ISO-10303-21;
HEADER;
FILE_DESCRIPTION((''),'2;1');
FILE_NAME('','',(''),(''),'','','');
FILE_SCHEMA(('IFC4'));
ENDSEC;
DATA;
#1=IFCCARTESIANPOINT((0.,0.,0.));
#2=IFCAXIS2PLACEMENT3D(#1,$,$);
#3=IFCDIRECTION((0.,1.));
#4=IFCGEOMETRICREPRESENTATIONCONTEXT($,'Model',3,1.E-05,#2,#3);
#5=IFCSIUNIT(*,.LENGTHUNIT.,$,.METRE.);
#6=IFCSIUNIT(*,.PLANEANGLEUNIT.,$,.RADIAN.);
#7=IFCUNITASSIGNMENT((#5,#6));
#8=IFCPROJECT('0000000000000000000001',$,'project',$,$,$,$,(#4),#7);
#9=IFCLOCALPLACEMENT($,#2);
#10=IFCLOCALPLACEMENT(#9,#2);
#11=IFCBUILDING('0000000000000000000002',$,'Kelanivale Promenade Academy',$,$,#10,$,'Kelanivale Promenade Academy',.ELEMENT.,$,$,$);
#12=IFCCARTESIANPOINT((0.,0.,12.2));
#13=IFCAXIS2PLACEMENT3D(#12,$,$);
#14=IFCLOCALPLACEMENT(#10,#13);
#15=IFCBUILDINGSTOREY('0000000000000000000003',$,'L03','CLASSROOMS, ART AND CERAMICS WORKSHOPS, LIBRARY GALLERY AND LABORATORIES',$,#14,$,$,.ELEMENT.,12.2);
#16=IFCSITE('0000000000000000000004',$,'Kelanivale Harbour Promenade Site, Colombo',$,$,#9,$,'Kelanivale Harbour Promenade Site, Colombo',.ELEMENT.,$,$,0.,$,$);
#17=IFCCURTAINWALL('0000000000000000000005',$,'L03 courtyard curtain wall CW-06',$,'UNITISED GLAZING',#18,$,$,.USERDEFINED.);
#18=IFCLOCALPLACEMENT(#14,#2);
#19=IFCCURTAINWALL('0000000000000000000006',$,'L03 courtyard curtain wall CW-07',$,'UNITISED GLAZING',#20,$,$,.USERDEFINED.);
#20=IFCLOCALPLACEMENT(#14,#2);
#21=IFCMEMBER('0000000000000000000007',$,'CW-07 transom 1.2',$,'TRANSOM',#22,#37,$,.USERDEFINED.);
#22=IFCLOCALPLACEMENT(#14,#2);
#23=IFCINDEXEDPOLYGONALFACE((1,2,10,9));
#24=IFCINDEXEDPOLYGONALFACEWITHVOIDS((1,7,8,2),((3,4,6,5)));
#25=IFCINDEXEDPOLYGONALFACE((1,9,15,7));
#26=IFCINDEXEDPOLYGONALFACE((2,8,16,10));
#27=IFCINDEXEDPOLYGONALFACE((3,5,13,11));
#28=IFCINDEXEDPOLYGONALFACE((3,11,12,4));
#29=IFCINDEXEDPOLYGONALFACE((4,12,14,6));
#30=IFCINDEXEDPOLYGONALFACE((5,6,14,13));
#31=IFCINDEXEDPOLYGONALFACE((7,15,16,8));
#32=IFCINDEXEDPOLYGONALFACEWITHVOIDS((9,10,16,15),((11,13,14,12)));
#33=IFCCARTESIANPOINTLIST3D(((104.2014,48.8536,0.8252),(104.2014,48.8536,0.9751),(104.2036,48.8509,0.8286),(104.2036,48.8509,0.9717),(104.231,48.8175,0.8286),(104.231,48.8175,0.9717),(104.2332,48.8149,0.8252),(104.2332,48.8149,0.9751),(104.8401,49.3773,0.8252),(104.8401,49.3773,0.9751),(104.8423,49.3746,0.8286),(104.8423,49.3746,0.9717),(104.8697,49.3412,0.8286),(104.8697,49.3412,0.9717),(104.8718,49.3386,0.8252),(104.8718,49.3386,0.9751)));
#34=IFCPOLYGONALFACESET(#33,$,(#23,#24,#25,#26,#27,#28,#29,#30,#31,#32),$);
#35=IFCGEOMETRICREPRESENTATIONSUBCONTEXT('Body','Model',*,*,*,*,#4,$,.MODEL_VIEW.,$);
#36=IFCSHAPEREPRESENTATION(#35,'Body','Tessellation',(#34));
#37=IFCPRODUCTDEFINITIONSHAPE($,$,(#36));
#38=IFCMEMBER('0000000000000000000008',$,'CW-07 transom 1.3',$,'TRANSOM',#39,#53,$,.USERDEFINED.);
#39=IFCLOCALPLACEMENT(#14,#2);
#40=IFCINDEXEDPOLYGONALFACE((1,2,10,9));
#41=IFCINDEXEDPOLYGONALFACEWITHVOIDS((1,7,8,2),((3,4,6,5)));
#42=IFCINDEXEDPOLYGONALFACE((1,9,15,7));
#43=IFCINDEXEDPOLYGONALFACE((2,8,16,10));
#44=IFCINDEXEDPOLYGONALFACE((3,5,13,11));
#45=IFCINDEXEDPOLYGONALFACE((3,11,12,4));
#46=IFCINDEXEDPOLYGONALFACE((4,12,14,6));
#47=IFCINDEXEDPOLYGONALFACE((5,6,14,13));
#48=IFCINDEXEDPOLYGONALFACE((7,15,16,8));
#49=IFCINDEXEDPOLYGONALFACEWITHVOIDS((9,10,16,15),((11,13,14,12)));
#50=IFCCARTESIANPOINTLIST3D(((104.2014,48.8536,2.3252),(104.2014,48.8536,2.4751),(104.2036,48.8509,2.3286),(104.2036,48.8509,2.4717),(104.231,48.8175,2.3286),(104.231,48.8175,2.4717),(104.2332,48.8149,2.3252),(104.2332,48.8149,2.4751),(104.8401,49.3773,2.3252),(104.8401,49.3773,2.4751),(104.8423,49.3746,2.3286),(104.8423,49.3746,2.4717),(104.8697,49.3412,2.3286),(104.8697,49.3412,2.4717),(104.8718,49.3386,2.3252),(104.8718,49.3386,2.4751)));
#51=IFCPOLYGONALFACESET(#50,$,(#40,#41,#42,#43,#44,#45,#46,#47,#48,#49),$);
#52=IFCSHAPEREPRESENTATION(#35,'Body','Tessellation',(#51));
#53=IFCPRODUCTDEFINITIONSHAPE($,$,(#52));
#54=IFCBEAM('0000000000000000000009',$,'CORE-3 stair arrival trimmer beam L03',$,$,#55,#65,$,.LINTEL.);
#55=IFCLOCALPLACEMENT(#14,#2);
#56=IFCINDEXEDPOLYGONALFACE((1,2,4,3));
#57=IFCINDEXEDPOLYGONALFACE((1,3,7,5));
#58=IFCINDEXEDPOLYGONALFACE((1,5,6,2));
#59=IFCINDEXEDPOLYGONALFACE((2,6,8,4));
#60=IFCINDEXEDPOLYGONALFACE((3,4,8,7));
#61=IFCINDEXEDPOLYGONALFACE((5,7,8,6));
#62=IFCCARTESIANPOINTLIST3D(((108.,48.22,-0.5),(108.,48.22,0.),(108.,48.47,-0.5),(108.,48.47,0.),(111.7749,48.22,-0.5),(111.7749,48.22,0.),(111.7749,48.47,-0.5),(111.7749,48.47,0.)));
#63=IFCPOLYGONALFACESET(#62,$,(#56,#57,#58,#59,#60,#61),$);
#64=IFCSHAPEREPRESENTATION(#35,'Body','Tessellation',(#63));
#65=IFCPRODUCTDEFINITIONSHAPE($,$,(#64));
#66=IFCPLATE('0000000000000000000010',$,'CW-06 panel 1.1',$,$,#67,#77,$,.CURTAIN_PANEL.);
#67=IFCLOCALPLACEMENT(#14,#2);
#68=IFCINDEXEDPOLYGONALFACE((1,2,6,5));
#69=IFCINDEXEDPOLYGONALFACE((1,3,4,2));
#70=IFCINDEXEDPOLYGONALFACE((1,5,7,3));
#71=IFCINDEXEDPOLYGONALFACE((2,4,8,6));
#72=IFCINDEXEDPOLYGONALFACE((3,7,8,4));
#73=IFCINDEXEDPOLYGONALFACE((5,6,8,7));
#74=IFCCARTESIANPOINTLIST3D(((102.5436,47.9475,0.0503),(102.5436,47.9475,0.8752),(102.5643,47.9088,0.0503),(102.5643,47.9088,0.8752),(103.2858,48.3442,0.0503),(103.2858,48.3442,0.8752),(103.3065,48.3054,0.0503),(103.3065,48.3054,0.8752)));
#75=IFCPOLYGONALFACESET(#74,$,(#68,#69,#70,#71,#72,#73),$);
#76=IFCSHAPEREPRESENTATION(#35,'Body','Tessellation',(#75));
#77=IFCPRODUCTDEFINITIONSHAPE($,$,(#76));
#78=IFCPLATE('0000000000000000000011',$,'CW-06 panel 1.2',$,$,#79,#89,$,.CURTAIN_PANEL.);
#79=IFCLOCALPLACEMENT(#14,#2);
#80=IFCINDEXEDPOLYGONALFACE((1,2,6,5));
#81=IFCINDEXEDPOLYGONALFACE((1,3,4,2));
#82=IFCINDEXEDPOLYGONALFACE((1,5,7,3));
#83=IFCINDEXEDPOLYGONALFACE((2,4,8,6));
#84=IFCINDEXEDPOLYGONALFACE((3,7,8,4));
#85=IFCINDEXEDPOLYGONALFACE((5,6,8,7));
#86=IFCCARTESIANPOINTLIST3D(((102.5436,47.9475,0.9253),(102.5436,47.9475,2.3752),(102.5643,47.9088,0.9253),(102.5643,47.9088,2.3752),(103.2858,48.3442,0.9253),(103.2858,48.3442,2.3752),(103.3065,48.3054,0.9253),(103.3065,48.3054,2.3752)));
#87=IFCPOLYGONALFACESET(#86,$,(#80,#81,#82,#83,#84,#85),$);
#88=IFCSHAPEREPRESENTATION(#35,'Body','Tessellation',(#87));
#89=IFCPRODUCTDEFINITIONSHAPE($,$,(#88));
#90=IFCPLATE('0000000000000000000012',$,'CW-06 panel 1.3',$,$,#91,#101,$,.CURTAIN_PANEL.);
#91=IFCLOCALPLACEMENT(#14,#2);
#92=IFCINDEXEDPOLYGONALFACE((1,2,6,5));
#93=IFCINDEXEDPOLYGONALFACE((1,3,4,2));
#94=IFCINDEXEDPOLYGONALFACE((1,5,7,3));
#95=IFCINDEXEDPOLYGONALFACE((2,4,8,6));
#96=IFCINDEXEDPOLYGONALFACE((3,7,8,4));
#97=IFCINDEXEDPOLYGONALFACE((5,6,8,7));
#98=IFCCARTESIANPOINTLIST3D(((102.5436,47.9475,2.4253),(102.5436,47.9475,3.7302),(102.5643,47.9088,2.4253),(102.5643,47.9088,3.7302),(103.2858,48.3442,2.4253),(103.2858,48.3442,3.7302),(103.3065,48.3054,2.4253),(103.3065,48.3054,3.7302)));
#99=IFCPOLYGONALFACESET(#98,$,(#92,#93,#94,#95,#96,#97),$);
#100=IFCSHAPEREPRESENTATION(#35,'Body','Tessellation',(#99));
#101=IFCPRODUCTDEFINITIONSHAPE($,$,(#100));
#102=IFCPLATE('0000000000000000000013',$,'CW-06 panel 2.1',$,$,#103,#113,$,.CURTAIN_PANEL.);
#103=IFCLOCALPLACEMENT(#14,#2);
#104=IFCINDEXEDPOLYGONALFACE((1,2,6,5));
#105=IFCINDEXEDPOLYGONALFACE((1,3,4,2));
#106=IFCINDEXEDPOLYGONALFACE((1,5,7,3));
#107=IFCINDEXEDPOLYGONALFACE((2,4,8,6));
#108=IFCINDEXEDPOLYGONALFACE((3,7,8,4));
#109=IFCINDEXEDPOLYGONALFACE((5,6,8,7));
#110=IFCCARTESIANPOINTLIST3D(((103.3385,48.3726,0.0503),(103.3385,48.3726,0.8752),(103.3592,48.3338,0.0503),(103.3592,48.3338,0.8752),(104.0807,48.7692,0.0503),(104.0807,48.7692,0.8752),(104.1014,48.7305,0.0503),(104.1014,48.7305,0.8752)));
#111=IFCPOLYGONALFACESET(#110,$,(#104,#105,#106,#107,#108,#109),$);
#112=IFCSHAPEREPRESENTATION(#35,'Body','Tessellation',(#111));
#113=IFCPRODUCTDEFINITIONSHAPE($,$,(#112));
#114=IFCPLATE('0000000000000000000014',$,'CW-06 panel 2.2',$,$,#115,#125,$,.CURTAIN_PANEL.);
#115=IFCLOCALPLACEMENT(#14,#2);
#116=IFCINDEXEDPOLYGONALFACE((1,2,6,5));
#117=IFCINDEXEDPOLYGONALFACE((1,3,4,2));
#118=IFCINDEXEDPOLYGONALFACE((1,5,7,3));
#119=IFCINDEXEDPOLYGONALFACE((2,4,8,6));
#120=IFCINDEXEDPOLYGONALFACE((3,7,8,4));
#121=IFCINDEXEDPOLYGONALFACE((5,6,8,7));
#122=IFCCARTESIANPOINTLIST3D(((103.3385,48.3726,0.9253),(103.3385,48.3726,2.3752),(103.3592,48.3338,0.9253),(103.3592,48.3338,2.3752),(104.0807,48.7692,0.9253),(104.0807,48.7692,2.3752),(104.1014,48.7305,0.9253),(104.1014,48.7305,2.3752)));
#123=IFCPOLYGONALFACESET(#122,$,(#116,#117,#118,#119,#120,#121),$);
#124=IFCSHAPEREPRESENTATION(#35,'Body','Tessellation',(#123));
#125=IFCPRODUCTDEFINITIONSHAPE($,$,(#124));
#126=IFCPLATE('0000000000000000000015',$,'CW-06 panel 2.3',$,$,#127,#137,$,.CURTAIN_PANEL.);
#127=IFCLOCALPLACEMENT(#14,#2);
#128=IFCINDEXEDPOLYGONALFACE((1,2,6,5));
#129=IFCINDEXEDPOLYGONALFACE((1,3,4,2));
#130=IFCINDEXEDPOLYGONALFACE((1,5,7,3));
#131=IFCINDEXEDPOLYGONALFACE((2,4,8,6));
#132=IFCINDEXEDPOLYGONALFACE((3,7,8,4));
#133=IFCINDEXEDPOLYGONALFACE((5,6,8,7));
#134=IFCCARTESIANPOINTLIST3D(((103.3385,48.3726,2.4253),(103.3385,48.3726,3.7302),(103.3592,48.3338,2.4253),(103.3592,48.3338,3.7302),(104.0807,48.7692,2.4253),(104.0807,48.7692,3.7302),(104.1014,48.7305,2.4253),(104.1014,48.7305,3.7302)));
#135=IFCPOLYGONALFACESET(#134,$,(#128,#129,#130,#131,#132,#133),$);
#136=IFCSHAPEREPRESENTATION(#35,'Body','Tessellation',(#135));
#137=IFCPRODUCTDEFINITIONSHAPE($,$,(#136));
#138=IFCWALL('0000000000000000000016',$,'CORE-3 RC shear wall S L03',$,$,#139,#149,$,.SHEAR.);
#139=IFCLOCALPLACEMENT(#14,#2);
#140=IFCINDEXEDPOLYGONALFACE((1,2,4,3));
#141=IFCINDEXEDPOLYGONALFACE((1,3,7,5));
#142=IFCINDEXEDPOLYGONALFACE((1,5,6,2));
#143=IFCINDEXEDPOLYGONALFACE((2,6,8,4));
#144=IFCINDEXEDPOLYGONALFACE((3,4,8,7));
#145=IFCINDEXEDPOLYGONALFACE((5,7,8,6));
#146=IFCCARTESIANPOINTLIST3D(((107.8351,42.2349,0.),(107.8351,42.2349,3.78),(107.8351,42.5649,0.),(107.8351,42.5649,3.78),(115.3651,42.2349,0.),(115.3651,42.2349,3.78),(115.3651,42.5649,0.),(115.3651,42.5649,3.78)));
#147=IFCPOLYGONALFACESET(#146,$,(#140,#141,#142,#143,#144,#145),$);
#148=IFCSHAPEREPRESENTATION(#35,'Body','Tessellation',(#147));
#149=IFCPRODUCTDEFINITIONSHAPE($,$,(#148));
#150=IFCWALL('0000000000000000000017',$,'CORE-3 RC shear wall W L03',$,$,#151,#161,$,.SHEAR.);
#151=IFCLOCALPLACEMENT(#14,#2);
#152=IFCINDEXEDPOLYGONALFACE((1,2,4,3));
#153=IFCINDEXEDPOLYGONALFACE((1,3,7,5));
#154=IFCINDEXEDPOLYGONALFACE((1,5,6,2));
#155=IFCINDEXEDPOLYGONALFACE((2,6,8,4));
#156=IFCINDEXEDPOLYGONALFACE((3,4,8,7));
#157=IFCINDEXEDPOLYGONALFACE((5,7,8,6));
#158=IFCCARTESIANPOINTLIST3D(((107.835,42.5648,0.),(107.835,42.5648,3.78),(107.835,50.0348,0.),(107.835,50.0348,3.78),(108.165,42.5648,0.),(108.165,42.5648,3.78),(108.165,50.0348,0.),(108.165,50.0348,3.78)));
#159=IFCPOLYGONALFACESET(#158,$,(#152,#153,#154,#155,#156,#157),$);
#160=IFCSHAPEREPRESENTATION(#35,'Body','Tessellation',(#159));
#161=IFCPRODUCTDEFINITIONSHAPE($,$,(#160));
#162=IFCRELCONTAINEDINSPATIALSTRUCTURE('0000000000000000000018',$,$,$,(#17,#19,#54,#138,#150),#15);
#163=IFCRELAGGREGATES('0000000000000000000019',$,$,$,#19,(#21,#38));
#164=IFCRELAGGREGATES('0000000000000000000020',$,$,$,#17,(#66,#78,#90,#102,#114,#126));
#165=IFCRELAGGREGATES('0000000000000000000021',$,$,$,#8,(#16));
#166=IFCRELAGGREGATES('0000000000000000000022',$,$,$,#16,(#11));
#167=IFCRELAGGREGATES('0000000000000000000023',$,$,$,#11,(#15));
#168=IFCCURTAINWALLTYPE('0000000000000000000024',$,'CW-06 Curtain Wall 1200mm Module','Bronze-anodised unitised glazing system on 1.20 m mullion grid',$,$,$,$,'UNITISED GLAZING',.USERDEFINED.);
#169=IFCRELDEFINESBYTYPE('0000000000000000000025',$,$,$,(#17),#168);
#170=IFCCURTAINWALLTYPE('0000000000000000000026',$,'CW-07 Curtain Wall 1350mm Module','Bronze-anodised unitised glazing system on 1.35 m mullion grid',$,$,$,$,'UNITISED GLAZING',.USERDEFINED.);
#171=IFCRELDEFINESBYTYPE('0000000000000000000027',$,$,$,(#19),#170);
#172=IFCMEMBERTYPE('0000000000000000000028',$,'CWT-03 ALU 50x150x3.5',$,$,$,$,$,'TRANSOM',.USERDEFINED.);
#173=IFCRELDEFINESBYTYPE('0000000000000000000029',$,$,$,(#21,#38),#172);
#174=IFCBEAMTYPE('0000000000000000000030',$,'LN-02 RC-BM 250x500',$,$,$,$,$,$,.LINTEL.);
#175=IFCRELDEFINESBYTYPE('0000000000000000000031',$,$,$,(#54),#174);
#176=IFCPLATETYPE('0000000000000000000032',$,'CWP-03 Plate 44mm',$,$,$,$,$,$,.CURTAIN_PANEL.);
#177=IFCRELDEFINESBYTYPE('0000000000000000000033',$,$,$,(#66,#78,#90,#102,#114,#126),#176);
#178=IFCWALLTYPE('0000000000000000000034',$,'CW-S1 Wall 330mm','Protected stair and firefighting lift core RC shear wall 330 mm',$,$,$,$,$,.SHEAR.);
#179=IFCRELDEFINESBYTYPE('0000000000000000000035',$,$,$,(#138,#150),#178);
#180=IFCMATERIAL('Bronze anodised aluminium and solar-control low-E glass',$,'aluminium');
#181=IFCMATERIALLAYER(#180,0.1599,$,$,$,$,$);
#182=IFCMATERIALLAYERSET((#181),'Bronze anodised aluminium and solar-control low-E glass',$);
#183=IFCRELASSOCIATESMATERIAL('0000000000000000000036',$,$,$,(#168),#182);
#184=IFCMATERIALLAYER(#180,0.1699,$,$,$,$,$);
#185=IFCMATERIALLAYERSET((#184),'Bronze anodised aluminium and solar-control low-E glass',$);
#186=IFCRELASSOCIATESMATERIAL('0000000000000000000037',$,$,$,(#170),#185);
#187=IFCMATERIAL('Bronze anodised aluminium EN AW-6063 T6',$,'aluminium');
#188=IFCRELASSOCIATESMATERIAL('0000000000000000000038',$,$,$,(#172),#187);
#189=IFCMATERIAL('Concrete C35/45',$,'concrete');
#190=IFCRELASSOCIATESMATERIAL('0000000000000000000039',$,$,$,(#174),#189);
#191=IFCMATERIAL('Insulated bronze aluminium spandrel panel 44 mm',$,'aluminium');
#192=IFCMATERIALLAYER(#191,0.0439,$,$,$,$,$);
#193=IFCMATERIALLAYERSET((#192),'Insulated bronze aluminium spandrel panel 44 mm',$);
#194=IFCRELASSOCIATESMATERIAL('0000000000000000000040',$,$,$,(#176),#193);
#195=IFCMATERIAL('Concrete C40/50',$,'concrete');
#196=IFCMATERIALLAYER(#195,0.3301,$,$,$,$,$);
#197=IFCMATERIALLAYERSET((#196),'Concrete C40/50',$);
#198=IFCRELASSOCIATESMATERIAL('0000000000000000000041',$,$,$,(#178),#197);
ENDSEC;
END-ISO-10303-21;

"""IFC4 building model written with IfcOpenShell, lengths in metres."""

from ifc_helpers import new_model, si_unit, direction, frame, frame_2d, origin, origin_2d, place, context, subcontext, project, spatial, rectangle, hollow_rectangle, extrude, material, layer, layer_set, material_profile, profile_set, type_object, element, aggregate, save


model = new_model("IFC4")

# Units and contexts
model_context = context("Model", 3, precision=1e-05, world=origin(), true_north=direction((0.0, 1.0)))
body_context = subcontext(model_context, "Body", "Model", "MODEL_VIEW")
ifc_project = project(units=[si_unit("LENGTHUNIT", "METRE"), si_unit("PLANEANGLEUNIT", "RADIAN")], contexts=[model_context])

# Site, building, storey
site_placement = place(None, origin())
site = spatial("IfcSite", under=ifc_project, at=site_placement, Name="Kelanivale Harbour Promenade Site, Colombo", LongName="Kelanivale Harbour Promenade Site, Colombo", CompositionType="ELEMENT", RefElevation=0.0)
building_placement = place(site_placement, origin())
building = spatial("IfcBuilding", under=site, at=building_placement, Name="Kelanivale Promenade Academy", LongName="Kelanivale Promenade Academy", CompositionType="ELEMENT")
storey_placement = place(building_placement, frame((0.0, 0.0, 12.2)))
storey = spatial("IfcBuildingStorey", under=building, at=storey_placement, Name="L03", Description="CLASSROOMS, ART AND CERAMICS WORKSHOPS, LIBRARY GALLERY AND LABORATORIES", CompositionType="ELEMENT", Elevation=12.2)

# Shared definitions
ifc_material_1 = material(Name="Concrete C40/50", Category="concrete")

# Curtain wall
ifc_material_2 = material(Name="Bronze anodised aluminium and solar-control low-E glass", Category="aluminium")
ifc_layer_1 = layer(ifc_material_2, 0.1599)
ifc_layer_set_1 = layer_set([ifc_layer_1], Name="Bronze anodised aluminium and solar-control low-E glass")
curtain_wall_type_1 = type_object("IfcCurtainWallType", Name="CW-06 Curtain Wall 1200mm Module", Description="Bronze-anodised unitised glazing system on 1.20 m mullion grid", ElementType="UNITISED GLAZING", PredefinedType="USERDEFINED", material=ifc_layer_set_1)
curtain_wall_1_placement = place(storey_placement, origin())
curtain_wall_1 = element("IfcCurtainWall", 1, at=curtain_wall_1_placement, inside=storey, type_object=curtain_wall_type_1, Name="L03 courtyard curtain wall CW-06", ObjectType="UNITISED GLAZING", PredefinedType="USERDEFINED")
ifc_material_3 = material(Name="Bronze anodised aluminium EN AW-6063 T6", Category="aluminium")

# Curtain wall
ifc_layer_2 = layer(ifc_material_2, 0.1699)
ifc_layer_set_2 = layer_set([ifc_layer_2], Name="Bronze anodised aluminium and solar-control low-E glass")
curtain_wall_type_2 = type_object("IfcCurtainWallType", Name="CW-07 Curtain Wall 1350mm Module", Description="Bronze-anodised unitised glazing system on 1.35 m mullion grid", ElementType="UNITISED GLAZING", PredefinedType="USERDEFINED", material=ifc_layer_set_2)
curtain_wall_2_placement = place(storey_placement, origin())
curtain_wall_2 = element("IfcCurtainWall", 2, at=curtain_wall_2_placement, inside=storey, type_object=curtain_wall_type_2, Name="L03 courtyard curtain wall CW-07", ObjectType="UNITISED GLAZING", PredefinedType="USERDEFINED")

# Members
ifc_material_profile_1 = material_profile(ifc_material_3, hollow_rectangle(XDim=0.05, YDim=0.1499, WallThickness=0.0034, at=origin_2d()), Name="ALU 50x150x3.5")
ifc_profile_set_1 = profile_set([ifc_material_profile_1], Name="Bronze anodised aluminium EN AW-6063 T6")
member_type_1 = type_object("IfcMemberType", Name="CWT-03 ALU 50x150x3.5", ElementType="TRANSOM", PredefinedType="USERDEFINED", material=ifc_profile_set_1)
member_1_placement = place(storey_placement, frame((104.2173, 48.8342, 0.9001), z_axis=(0.773285, 0.634058, 0.0), x_axis=(-0.634058, 0.773285, 0.0)))
member_1 = element("IfcMember", 3, at=member_1_placement, type_object=member_type_1, Name="CW-07 transom 1.2", ObjectType="TRANSOM", PredefinedType="USERDEFINED", context=body_context, shape_type="SweptSolid", body=[
    extrude(hollow_rectangle(XDim=0.05, YDim=0.1499, WallThickness=0.0034, at=origin_2d()), origin(), (0.0, 0.0, 1.0), 0.8259),
])
member_2_placement = place(storey_placement, frame((104.2173, 48.8342, 2.4001), z_axis=(0.773285, 0.634058, 0.0), x_axis=(-0.634058, 0.773285, 0.0)))
member_2 = element("IfcMember", 4, at=member_2_placement, type_object=member_type_1, Name="CW-07 transom 1.3", ObjectType="TRANSOM", PredefinedType="USERDEFINED", context=body_context, shape_type="SweptSolid", body=[
    extrude(hollow_rectangle(XDim=0.05, YDim=0.1499, WallThickness=0.0034, at=origin_2d()), origin(), (0.0, 0.0, 1.0), 0.8259),
])
aggregate(curtain_wall_2, [member_1, member_2])

# Beam
ifc_material_4 = material(Name="Concrete C35/45", Category="concrete")
ifc_material_profile_2 = material_profile(ifc_material_4, rectangle(XDim=0.25, YDim=0.5, at=origin_2d()), Name="RC-BM 250x500")
ifc_profile_set_2 = profile_set([ifc_material_profile_2], Name="Concrete C35/45")
beam_type = type_object("IfcBeamType", Name="LN-02 RC-BM 250x500", PredefinedType="LINTEL", material=ifc_profile_set_2)
beam_placement = place(storey_placement, frame((108.0, 48.345, -0.25), z_axis=(1.0, 0.0, 0.0), x_axis=(0.0, 1.0, 0.0)))
element("IfcBeam", 5, at=beam_placement, inside=storey, type_object=beam_type, Name="CORE-3 stair arrival trimmer beam L03", PredefinedType="LINTEL", context=body_context, shape_type="SweptSolid", body=[
    extrude(rectangle(XDim=0.25, YDim=0.5, at=origin_2d()), origin(), (0.0, 0.0, 1.0), 3.7749),
])

# Plates
ifc_material_5 = material(Name="Insulated bronze aluminium spandrel panel 44 mm", Category="aluminium")
ifc_layer_3 = layer(ifc_material_5, 0.0439)
ifc_layer_set_3 = layer_set([ifc_layer_3], Name="Insulated bronze aluminium spandrel panel 44 mm")
plate_type = type_object("IfcPlateType", Name="CWP-03 Plate 44mm", PredefinedType="CURTAIN_PANEL", material=ifc_layer_set_3)
plate_1_placement = place(storey_placement, frame((102.925, 48.1265, 0.0503), z_axis=(0.0, 0.0, 1.0), x_axis=(0.881966, 0.471312, 0.0)))
plate_1 = element("IfcPlate", 6, at=plate_1_placement, type_object=plate_type, Name="CW-06 panel 1.1", PredefinedType="CURTAIN_PANEL", context=body_context, shape_type="SweptSolid", body=[
    extrude(rectangle(XDim=0.8416, YDim=0.0439, at=origin_2d()), origin(), (0.0, 0.0, 1.0), 0.825),
])
plate_2_placement = place(storey_placement, frame((102.925, 48.1265, 0.9253), z_axis=(0.0, 0.0, 1.0), x_axis=(0.881966, 0.471312, 0.0)))
plate_2 = element("IfcPlate", 7, at=plate_2_placement, type_object=plate_type, Name="CW-06 panel 1.2", PredefinedType="CURTAIN_PANEL", context=body_context, shape_type="SweptSolid", body=[
    extrude(rectangle(XDim=0.8416, YDim=0.0439, at=origin_2d()), origin(), (0.0, 0.0, 1.0), 1.45),
])
plate_3_placement = place(storey_placement, frame((102.925, 48.1265, 2.4253), z_axis=(0.0, 0.0, 1.0), x_axis=(0.881966, 0.471312, 0.0)))
plate_3 = element("IfcPlate", 8, at=plate_3_placement, type_object=plate_type, Name="CW-06 panel 1.3", PredefinedType="CURTAIN_PANEL", context=body_context, shape_type="SweptSolid", body=[
    extrude(rectangle(XDim=0.8416, YDim=0.0439, at=origin_2d()), origin(), (0.0, 0.0, 1.0), 1.3049),
])
plate_4_placement = place(storey_placement, frame((103.72, 48.5515, 0.0503), z_axis=(0.0, 0.0, 1.0), x_axis=(0.881966, 0.471312, 0.0)))
plate_4 = element("IfcPlate", 9, at=plate_4_placement, type_object=plate_type, Name="CW-06 panel 2.1", PredefinedType="CURTAIN_PANEL", context=body_context, shape_type="SweptSolid", body=[
    extrude(rectangle(XDim=0.8416, YDim=0.0439, at=origin_2d()), origin(), (0.0, 0.0, 1.0), 0.825),
])
plate_5_placement = place(storey_placement, frame((103.72, 48.5515, 0.9253), z_axis=(0.0, 0.0, 1.0), x_axis=(0.881966, 0.471312, 0.0)))
plate_5 = element("IfcPlate", 10, at=plate_5_placement, type_object=plate_type, Name="CW-06 panel 2.2", PredefinedType="CURTAIN_PANEL", context=body_context, shape_type="SweptSolid", body=[
    extrude(rectangle(XDim=0.8416, YDim=0.0439, at=origin_2d()), origin(), (0.0, 0.0, 1.0), 1.45),
])
plate_6_placement = place(storey_placement, frame((103.72, 48.5515, 2.4253), z_axis=(0.0, 0.0, 1.0), x_axis=(0.881966, 0.471312, 0.0)))
plate_6 = element("IfcPlate", 11, at=plate_6_placement, type_object=plate_type, Name="CW-06 panel 2.3", PredefinedType="CURTAIN_PANEL", context=body_context, shape_type="SweptSolid", body=[
    extrude(rectangle(XDim=0.8416, YDim=0.0439, at=origin_2d()), origin(), (0.0, 0.0, 1.0), 1.3049),
])
aggregate(curtain_wall_1, [plate_1, plate_2, plate_3, plate_4, plate_5, plate_6])

# Walls
ifc_layer_4 = layer(ifc_material_1, 0.3301)
ifc_layer_set_4 = layer_set([ifc_layer_4], Name="Concrete C40/50")
wall_type_1 = type_object("IfcWallType", Name="CW-S1 Wall 330mm", Description="Protected stair and firefighting lift core RC shear wall 330 mm", PredefinedType="SHEAR", material=ifc_layer_set_4)
wall_1_placement = place(storey_placement, frame((107.835, 42.3999, 0.0), z_axis=(0.0, 0.0, 1.0), x_axis=(1.0, 0.0, 0.0)))
element("IfcWall", 12, at=wall_1_placement, inside=storey, type_object=wall_type_1, Name="CORE-3 RC shear wall S L03", PredefinedType="SHEAR", context=body_context, shape_type="SweptSolid", body=[
    extrude(rectangle(XDim=7.53, YDim=0.3301, at=frame_2d((3.7651, 0.0))), origin(), (0.0, 0.0, 1.0), 3.78),
])
wall_2_placement = place(storey_placement, frame((108.0, 42.5649, 0.0), z_axis=(0.0, 0.0, 1.0), x_axis=(0.0, 1.0, 0.0)))
element("IfcWall", 13, at=wall_2_placement, inside=storey, type_object=wall_type_1, Name="CORE-3 RC shear wall W L03", PredefinedType="SHEAR", context=body_context, shape_type="SweptSolid", body=[
    extrude(rectangle(XDim=7.47, YDim=0.3301, at=frame_2d((3.7349, 0.0))), origin(), (0.0, 0.0, 1.0), 3.78),
])

save(model, "model.ifc")
